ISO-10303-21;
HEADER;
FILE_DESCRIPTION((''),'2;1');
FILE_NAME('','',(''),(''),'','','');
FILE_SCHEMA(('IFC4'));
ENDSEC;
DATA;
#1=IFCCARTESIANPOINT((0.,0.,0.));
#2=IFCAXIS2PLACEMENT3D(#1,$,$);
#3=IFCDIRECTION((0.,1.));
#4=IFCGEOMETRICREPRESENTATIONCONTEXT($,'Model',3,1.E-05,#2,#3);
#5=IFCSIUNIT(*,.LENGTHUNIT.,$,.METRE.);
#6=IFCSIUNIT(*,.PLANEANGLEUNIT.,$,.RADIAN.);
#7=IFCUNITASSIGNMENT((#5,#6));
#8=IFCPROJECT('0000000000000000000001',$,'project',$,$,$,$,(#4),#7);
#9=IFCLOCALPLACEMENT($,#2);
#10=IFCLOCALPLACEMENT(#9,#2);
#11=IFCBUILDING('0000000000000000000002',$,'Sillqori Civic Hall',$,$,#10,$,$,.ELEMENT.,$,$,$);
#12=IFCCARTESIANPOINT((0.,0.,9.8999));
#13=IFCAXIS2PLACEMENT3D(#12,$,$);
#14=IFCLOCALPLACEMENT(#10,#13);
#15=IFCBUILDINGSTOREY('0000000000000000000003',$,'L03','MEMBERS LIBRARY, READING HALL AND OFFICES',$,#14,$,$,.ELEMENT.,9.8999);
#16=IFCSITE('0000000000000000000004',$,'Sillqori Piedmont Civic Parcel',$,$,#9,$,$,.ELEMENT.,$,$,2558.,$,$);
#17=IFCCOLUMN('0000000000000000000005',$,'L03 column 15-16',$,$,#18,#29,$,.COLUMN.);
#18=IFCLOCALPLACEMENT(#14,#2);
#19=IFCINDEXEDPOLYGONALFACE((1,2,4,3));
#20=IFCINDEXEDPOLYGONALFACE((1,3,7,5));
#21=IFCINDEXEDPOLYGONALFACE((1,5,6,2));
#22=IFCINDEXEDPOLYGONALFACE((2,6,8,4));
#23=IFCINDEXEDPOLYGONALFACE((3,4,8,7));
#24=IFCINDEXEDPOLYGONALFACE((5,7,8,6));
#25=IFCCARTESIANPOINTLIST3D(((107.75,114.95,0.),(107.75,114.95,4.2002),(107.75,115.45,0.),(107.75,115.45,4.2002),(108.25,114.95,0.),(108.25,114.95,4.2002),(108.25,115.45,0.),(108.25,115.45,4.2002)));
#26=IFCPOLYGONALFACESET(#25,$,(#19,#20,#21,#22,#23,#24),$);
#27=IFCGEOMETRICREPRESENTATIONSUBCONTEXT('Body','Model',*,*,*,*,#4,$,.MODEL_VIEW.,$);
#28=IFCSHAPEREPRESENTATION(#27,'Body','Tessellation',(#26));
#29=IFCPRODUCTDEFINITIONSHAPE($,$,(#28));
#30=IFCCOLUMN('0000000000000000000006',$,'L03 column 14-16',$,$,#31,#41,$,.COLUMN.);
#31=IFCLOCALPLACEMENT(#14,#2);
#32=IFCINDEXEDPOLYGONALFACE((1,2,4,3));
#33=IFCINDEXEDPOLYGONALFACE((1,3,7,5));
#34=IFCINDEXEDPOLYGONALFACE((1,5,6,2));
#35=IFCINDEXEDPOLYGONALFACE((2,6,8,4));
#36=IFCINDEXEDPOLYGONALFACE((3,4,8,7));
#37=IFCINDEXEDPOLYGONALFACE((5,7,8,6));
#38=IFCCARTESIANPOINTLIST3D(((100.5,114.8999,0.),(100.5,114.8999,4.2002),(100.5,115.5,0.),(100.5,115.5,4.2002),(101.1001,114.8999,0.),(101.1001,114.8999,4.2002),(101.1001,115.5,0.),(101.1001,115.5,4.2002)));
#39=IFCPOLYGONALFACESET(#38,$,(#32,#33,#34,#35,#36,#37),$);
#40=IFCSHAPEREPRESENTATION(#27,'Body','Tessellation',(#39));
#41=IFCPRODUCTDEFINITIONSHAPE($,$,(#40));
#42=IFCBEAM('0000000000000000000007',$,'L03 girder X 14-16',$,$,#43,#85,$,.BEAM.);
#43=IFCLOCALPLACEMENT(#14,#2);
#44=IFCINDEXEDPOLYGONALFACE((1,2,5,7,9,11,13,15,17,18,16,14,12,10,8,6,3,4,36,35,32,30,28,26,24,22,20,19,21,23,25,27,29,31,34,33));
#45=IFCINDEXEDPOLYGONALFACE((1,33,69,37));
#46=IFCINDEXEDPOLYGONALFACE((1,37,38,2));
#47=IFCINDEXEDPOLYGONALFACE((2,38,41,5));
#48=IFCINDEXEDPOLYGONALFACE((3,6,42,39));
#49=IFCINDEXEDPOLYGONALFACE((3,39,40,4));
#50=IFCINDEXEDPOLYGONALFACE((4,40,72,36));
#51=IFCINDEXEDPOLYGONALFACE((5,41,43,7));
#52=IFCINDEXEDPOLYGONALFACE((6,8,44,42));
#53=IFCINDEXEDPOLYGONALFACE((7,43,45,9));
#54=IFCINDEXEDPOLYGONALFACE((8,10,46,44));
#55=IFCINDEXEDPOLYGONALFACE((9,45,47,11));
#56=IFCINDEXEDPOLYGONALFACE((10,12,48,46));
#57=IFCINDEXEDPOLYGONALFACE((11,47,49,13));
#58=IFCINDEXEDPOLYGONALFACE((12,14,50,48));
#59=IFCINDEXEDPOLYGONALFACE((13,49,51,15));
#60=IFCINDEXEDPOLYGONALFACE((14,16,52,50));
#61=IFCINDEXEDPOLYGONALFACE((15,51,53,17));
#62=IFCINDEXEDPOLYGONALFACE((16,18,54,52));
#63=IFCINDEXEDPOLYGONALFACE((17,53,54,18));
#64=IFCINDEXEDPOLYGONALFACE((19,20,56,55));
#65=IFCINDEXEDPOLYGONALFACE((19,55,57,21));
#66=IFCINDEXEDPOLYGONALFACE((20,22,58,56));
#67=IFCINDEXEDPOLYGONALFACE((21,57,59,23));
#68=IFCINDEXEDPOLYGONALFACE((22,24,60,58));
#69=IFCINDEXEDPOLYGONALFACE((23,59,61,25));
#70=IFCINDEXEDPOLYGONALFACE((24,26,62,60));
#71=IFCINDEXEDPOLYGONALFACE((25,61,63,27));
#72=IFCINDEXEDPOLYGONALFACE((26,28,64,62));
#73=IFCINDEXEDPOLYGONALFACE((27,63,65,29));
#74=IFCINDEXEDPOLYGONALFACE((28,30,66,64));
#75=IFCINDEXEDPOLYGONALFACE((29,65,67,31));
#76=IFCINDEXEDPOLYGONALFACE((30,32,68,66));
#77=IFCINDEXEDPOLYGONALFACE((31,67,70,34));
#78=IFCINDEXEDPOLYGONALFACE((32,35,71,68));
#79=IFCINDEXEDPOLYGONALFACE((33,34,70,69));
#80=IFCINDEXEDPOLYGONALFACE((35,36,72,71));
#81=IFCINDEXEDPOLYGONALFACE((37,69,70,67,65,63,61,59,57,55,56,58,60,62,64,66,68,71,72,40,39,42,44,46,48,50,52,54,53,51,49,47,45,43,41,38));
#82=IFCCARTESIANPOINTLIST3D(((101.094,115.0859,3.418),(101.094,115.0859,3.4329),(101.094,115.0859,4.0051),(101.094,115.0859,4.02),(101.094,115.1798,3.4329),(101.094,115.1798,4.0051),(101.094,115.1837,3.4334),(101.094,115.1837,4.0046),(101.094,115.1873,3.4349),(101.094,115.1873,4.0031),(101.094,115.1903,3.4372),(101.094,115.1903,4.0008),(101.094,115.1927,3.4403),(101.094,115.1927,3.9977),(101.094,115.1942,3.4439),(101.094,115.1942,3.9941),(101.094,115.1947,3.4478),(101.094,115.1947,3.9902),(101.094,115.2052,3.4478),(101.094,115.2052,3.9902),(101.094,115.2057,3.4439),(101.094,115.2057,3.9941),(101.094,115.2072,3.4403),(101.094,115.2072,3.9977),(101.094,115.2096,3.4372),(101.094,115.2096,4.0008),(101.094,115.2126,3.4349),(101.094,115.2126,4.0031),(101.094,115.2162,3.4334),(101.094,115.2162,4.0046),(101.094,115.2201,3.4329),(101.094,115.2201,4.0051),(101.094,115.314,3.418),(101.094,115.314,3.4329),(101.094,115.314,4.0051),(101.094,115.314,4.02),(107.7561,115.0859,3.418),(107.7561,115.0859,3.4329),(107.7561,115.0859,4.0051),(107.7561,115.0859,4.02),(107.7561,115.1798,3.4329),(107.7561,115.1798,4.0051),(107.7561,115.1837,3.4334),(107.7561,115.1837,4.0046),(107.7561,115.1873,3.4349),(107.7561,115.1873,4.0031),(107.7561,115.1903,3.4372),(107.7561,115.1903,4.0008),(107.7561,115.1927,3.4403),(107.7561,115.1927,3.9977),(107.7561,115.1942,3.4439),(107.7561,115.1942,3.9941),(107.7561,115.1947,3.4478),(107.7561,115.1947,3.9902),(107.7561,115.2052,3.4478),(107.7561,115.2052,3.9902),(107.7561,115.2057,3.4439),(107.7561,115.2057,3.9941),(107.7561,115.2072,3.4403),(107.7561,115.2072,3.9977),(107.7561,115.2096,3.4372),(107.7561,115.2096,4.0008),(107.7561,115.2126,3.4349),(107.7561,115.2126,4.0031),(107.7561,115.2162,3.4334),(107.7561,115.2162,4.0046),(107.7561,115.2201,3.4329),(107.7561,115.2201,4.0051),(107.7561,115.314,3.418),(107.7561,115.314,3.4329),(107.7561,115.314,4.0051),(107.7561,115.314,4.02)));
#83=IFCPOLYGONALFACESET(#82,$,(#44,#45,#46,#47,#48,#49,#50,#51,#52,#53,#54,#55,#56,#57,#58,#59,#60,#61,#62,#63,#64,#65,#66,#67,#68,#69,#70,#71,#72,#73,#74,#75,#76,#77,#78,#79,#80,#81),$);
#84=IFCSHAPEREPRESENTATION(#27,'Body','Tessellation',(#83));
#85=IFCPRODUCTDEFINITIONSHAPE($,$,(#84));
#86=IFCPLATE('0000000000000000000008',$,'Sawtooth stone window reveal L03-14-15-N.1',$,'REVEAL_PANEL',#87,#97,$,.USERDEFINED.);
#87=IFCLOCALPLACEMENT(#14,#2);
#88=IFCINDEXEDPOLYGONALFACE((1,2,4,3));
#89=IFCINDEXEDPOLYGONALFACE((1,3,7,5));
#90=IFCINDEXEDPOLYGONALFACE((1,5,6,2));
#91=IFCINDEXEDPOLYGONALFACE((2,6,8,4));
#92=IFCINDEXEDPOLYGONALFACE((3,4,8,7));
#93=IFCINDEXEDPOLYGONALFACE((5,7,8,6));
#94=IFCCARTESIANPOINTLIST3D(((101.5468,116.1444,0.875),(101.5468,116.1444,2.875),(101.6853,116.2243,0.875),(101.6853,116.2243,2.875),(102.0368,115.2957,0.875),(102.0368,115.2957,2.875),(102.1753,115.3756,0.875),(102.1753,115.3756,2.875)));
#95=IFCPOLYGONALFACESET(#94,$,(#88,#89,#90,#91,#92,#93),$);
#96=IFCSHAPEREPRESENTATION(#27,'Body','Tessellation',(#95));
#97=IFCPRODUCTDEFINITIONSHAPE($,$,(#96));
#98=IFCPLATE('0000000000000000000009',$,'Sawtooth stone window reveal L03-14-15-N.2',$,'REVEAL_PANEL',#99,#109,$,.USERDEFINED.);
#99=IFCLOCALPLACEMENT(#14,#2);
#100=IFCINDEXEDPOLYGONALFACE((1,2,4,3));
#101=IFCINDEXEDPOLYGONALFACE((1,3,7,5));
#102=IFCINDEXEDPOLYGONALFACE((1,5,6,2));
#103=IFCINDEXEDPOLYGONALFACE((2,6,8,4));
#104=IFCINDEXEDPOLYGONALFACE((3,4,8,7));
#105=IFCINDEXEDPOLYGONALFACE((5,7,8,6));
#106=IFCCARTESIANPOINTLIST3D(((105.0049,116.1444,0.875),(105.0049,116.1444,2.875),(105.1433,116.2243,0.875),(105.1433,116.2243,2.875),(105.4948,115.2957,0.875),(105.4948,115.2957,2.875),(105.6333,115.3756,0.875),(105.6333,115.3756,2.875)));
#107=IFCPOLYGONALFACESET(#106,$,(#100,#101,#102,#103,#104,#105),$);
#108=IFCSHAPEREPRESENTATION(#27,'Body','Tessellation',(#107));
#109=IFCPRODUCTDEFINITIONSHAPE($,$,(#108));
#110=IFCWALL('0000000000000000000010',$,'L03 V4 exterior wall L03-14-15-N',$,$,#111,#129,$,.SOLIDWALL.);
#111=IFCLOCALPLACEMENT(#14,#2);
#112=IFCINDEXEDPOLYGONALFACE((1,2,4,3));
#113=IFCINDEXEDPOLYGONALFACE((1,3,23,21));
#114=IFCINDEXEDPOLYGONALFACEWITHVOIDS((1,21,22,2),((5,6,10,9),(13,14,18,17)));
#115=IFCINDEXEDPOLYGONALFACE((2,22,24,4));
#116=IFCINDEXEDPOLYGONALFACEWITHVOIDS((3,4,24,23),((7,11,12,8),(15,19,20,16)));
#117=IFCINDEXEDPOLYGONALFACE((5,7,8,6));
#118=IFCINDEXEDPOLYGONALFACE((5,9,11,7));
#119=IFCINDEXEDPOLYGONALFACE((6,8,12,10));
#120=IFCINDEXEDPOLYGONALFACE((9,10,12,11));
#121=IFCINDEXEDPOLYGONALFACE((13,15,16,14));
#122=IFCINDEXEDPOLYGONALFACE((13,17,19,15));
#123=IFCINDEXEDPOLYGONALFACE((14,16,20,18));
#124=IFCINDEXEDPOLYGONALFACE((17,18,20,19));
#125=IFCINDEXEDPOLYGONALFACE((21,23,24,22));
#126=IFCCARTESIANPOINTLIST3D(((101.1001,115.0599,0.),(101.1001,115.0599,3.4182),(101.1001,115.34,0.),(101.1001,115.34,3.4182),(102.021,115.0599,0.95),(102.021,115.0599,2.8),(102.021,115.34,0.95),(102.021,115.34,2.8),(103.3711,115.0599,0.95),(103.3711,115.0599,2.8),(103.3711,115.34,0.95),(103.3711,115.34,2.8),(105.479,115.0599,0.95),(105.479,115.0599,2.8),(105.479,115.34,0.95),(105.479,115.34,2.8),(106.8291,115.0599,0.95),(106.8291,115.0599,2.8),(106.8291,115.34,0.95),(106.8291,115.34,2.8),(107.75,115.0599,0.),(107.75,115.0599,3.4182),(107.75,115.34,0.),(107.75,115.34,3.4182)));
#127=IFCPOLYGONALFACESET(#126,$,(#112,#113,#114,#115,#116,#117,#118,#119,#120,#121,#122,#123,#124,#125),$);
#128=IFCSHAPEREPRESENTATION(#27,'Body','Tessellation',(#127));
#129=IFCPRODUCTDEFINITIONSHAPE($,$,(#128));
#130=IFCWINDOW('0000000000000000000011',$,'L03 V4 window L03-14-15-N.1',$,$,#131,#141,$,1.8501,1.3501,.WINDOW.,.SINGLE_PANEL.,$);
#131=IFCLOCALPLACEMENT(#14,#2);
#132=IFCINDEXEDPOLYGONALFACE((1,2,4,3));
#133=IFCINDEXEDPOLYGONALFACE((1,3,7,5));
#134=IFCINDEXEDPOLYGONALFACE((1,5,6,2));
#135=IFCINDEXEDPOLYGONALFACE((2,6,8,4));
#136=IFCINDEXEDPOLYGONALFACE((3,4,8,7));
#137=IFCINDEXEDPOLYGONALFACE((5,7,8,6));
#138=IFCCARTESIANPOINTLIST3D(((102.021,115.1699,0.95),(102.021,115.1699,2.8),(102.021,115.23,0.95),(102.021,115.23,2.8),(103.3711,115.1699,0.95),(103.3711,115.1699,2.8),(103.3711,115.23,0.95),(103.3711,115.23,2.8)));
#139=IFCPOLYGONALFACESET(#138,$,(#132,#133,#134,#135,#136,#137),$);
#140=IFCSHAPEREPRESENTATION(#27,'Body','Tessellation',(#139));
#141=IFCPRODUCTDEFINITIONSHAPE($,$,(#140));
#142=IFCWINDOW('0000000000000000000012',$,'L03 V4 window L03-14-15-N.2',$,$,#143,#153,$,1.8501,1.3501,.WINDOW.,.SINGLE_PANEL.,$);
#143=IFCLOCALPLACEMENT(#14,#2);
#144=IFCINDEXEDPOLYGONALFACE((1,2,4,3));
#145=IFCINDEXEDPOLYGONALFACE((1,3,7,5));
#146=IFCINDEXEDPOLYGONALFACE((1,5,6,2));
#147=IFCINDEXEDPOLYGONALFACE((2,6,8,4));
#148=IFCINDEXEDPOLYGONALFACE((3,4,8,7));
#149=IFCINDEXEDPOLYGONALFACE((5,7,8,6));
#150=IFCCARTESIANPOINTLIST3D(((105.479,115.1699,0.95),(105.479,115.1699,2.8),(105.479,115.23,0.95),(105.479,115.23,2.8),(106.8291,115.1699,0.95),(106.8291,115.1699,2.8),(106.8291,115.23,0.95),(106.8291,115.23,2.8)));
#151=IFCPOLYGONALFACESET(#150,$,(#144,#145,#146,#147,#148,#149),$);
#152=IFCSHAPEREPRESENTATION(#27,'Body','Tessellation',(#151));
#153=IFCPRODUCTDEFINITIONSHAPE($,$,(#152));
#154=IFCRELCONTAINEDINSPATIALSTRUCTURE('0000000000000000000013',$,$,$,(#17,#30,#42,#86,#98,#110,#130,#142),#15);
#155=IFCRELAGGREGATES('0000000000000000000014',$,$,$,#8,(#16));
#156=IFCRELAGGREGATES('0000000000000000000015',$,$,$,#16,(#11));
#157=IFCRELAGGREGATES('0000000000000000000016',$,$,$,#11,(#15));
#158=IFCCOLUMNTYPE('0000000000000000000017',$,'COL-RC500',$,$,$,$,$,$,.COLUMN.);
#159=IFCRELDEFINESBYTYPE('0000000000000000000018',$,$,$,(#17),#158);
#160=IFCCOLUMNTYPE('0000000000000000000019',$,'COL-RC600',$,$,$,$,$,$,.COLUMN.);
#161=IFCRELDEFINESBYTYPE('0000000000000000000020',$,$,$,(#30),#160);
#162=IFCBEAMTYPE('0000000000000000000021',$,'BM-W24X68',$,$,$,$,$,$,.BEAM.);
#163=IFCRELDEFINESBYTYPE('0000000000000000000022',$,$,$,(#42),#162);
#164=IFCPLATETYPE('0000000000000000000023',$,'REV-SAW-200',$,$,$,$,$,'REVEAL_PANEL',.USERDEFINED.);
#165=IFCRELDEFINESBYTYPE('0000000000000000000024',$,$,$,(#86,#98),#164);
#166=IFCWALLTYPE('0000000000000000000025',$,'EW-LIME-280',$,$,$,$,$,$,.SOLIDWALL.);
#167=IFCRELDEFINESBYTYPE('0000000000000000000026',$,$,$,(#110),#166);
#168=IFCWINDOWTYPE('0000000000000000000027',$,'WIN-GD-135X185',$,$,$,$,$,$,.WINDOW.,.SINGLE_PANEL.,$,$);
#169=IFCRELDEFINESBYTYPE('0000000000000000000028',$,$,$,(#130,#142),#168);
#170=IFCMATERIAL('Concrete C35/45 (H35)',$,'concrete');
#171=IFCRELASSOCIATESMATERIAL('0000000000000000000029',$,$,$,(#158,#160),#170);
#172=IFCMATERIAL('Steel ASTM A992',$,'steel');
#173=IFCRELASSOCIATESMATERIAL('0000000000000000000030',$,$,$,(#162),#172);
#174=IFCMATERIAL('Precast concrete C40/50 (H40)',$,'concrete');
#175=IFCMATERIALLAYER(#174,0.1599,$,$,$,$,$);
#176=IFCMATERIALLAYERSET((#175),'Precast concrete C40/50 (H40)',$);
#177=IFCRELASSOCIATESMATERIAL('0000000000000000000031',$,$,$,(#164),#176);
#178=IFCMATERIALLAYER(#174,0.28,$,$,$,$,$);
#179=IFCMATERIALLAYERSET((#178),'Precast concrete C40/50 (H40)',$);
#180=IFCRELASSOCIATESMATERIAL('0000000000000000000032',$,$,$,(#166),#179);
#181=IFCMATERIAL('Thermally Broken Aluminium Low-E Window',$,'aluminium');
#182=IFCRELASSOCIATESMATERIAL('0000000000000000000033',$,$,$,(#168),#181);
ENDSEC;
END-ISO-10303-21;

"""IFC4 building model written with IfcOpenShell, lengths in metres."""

from ifc_helpers import new_model, si_unit, direction, frame, frame_2d, origin, origin_2d, place, context, subcontext, project, spatial, rectangle, i_section, extrude, material, layer, layer_set, material_profile, profile_set, type_object, element, fill, save


model = new_model("IFC4")

# Units and contexts
model_context = context("Model", 3, precision=1e-05, world=origin(), true_north=direction((0.0, 1.0)))
body_context = subcontext(model_context, "Body", "Model", "MODEL_VIEW")
ifc_project = project(units=[si_unit("LENGTHUNIT", "METRE"), si_unit("PLANEANGLEUNIT", "RADIAN")], contexts=[model_context])

# Site, building, storey
site_placement = place(None, origin())
site = spatial("IfcSite", under=ifc_project, at=site_placement, Name="Sillqori Piedmont Civic Parcel", CompositionType="ELEMENT", RefElevation=2558.0)
building_placement = place(site_placement, origin())
building = spatial("IfcBuilding", under=site, at=building_placement, Name="Sillqori Civic Hall", CompositionType="ELEMENT")
storey_placement = place(building_placement, frame((0.0, 0.0, 9.8999)))
storey = spatial("IfcBuildingStorey", under=building, at=storey_placement, Name="L03", Description="MEMBERS LIBRARY, READING HALL AND OFFICES", CompositionType="ELEMENT", Elevation=9.8999)

# Columns
ifc_material_1 = material(Name="Concrete C35/45 (H35)", Category="concrete")
ifc_material_profile_1 = material_profile(ifc_material_1, rectangle(XDim=0.5, YDim=0.5, at=origin_2d()), Name="RC 500x500")
ifc_profile_set_1 = profile_set([ifc_material_profile_1], Name="Concrete C35/45 (H35)")
column_type_1 = type_object("IfcColumnType", Name="COL-RC500", PredefinedType="COLUMN", material=ifc_profile_set_1)
column_1_placement = place(storey_placement, frame((108.0, 115.2, 0.0), z_axis=(0.0, 0.0, 1.0), x_axis=(1.0, 0.0, 0.0)))
element("IfcColumn", 1, at=column_1_placement, inside=storey, type_object=column_type_1, Name="L03 column 15-16", PredefinedType="COLUMN", context=body_context, shape_type="SweptSolid", body=[
    extrude(rectangle(XDim=0.5, YDim=0.5, at=origin_2d()), origin(), (0.0, 0.0, 1.0), 4.2002),
])
ifc_material_profile_2 = material_profile(ifc_material_1, rectangle(XDim=0.6001, YDim=0.6001, at=origin_2d()), Name="RC 600x600")
ifc_profile_set_2 = profile_set([ifc_material_profile_2], Name="Concrete C35/45 (H35)")
column_type_2 = type_object("IfcColumnType", Name="COL-RC600", PredefinedType="COLUMN", material=ifc_profile_set_2)
column_2_placement = place(storey_placement, frame((100.8, 115.2, 0.0), z_axis=(0.0, 0.0, 1.0), x_axis=(1.0, 0.0, 0.0)))
element("IfcColumn", 2, at=column_2_placement, inside=storey, type_object=column_type_2, Name="L03 column 14-16", PredefinedType="COLUMN", context=body_context, shape_type="SweptSolid", body=[
    extrude(rectangle(XDim=0.6001, YDim=0.6001, at=origin_2d()), origin(), (0.0, 0.0, 1.0), 4.2002),
])

# Beam
ifc_material_2 = material(Name="Steel ASTM A992", Category="steel")
ifc_material_profile_3 = material_profile(ifc_material_2, i_section(OverallWidth=0.228, OverallDepth=0.6021, WebThickness=0.0105, FlangeThickness=0.0149, FilletRadius=0.0149, at=origin_2d()), Name="W24X68")
ifc_profile_set_3 = profile_set([ifc_material_profile_3], Name="Steel ASTM A992")
beam_type = type_object("IfcBeamType", Name="BM-W24X68", PredefinedType="BEAM", material=ifc_profile_set_3)
beam_placement = place(storey_placement, frame((101.094, 115.2, 3.719), z_axis=(1.0, 0.0, 0.0), x_axis=(0.0, 1.0, 0.0)))
element("IfcBeam", 3, at=beam_placement, inside=storey, type_object=beam_type, Name="L03 girder X 14-16", PredefinedType="BEAM", context=body_context, shape_type="SweptSolid", body=[
    extrude(i_section(OverallWidth=0.228, OverallDepth=0.6021, WebThickness=0.0105, FlangeThickness=0.0149, FilletRadius=0.0149, at=origin_2d()), origin(), (0.0, 0.0, 1.0), 6.6621),
])

# Plates
ifc_material_3 = material(Name="Precast concrete C40/50 (H40)", Category="concrete")
ifc_layer_1 = layer(ifc_material_3, 0.1599)
ifc_layer_set_1 = layer_set([ifc_layer_1], Name="Precast concrete C40/50 (H40)")
plate_type = type_object("IfcPlateType", Name="REV-SAW-200", ElementType="REVEAL_PANEL", PredefinedType="USERDEFINED", material=ifc_layer_set_1)
for number, where, z_axis, x_axis, name in (
    (4, (101.8611, 115.76, 0.875), (0.0, 0.0, 1.0), (0.866025, 0.5, 0.0), "Sawtooth stone window reveal L03-14-15-N.1"),
    (5, (105.3191, 115.76, 0.875), (0.0, 0.0, 1.0), (0.866025, 0.5, 0.0), "Sawtooth stone window reveal L03-14-15-N.2"),
):
    element("IfcPlate", number, at=place(storey_placement, frame(where, z_axis=z_axis, x_axis=x_axis)), inside=storey, type_object=plate_type, Name=name, ObjectType="REVEAL_PANEL", PredefinedType="USERDEFINED", context=body_context, shape_type="SweptSolid", body=[
        extrude(rectangle(XDim=0.1599, YDim=0.98, at=origin_2d()), origin(), (0.0, 0.0, 1.0), 2.0),
    ])

# Wall, openings, windows
ifc_layer_2 = layer(ifc_material_3, 0.28)
ifc_layer_set_2 = layer_set([ifc_layer_2], Name="Precast concrete C40/50 (H40)")
wall_type = type_object("IfcWallType", Name="EW-LIME-280", PredefinedType="SOLIDWALL", material=ifc_layer_set_2)
wall_1_placement = place(storey_placement, frame((101.1001, 115.2, 0.0), z_axis=(0.0, 0.0, 1.0), x_axis=(1.0, 0.0, 0.0)))
wall_1 = element("IfcWall", 6, at=wall_1_placement, inside=storey, type_object=wall_type, Name="L03 V4 exterior wall L03-14-15-N", PredefinedType="SOLIDWALL", context=body_context, shape_type="SweptSolid", body=[
    extrude(rectangle(XDim=6.6499, YDim=0.28, at=frame_2d((3.325, 0.0))), origin(), (0.0, 0.0, 1.0), 3.4182),
])
opening_1_placement = place(wall_1_placement, frame((0.9209, 0.0, 0.95)))
opening_1 = element("IfcOpeningElement", 7, at=opening_1_placement, cuts=wall_1, PredefinedType="OPENING", context=body_context, shape_type="SweptSolid", body=[
    extrude(rectangle(XDim=1.3501, YDim=1.8501, at=frame_2d((0.675, 0.925))), frame((0.0, 0.1499, 0.0), z_axis=(0.0, -1.0, 0.0), x_axis=(1.0, 0.0, 0.0)), (0.0, 0.0, 1.0), 0.3),
])
opening_2_placement = place(wall_1_placement, frame((4.3789, 0.0, 0.95)))
opening_2 = element("IfcOpeningElement", 8, at=opening_2_placement, cuts=wall_1, PredefinedType="OPENING", context=body_context, shape_type="SweptSolid", body=[
    extrude(rectangle(XDim=1.3501, YDim=1.8501, at=frame_2d((0.675, 0.925))), frame((0.0, 0.1499, 0.0), z_axis=(0.0, -1.0, 0.0), x_axis=(1.0, 0.0, 0.0)), (0.0, 0.0, 1.0), 0.3),
])
ifc_material_4 = material(Name="Thermally Broken Aluminium Low-E Window", Category="aluminium")
window_type_1 = type_object("IfcWindowType", Name="WIN-GD-135X185", PartitioningType="SINGLE_PANEL", PredefinedType="WINDOW", material=ifc_material_4)
window_1_placement = place(opening_1_placement, origin())
window_1 = element("IfcWindow", 9, at=window_1_placement, inside=storey, type_object=window_type_1, Name="L03 V4 window L03-14-15-N.1", OverallHeight=1.8501, OverallWidth=1.3501, PartitioningType="SINGLE_PANEL", PredefinedType="WINDOW", context=body_context, shape_type="SweptSolid", body=[
    extrude(rectangle(XDim=1.3501, YDim=1.8501, at=frame_2d((0.675, 0.925))), frame((0.0, 0.03, 0.0), z_axis=(0.0, -1.0, 0.0), x_axis=(1.0, 0.0, 0.0)), (0.0, 0.0, 1.0), 0.0601),
])
fill(opening_1, window_1)
window_2_placement = place(opening_2_placement, origin())
window_2 = element("IfcWindow", 10, at=window_2_placement, inside=storey, type_object=window_type_1, Name="L03 V4 window L03-14-15-N.2", OverallHeight=1.8501, OverallWidth=1.3501, PartitioningType="SINGLE_PANEL", PredefinedType="WINDOW", context=body_context, shape_type="SweptSolid", body=[
    extrude(rectangle(XDim=1.3501, YDim=1.8501, at=frame_2d((0.675, 0.925))), frame((0.0, 0.03, 0.0), z_axis=(0.0, -1.0, 0.0), x_axis=(1.0, 0.0, 0.0)), (0.0, 0.0, 1.0), 0.0601),
])
fill(opening_2, window_2)

save(model, "model.ifc")
